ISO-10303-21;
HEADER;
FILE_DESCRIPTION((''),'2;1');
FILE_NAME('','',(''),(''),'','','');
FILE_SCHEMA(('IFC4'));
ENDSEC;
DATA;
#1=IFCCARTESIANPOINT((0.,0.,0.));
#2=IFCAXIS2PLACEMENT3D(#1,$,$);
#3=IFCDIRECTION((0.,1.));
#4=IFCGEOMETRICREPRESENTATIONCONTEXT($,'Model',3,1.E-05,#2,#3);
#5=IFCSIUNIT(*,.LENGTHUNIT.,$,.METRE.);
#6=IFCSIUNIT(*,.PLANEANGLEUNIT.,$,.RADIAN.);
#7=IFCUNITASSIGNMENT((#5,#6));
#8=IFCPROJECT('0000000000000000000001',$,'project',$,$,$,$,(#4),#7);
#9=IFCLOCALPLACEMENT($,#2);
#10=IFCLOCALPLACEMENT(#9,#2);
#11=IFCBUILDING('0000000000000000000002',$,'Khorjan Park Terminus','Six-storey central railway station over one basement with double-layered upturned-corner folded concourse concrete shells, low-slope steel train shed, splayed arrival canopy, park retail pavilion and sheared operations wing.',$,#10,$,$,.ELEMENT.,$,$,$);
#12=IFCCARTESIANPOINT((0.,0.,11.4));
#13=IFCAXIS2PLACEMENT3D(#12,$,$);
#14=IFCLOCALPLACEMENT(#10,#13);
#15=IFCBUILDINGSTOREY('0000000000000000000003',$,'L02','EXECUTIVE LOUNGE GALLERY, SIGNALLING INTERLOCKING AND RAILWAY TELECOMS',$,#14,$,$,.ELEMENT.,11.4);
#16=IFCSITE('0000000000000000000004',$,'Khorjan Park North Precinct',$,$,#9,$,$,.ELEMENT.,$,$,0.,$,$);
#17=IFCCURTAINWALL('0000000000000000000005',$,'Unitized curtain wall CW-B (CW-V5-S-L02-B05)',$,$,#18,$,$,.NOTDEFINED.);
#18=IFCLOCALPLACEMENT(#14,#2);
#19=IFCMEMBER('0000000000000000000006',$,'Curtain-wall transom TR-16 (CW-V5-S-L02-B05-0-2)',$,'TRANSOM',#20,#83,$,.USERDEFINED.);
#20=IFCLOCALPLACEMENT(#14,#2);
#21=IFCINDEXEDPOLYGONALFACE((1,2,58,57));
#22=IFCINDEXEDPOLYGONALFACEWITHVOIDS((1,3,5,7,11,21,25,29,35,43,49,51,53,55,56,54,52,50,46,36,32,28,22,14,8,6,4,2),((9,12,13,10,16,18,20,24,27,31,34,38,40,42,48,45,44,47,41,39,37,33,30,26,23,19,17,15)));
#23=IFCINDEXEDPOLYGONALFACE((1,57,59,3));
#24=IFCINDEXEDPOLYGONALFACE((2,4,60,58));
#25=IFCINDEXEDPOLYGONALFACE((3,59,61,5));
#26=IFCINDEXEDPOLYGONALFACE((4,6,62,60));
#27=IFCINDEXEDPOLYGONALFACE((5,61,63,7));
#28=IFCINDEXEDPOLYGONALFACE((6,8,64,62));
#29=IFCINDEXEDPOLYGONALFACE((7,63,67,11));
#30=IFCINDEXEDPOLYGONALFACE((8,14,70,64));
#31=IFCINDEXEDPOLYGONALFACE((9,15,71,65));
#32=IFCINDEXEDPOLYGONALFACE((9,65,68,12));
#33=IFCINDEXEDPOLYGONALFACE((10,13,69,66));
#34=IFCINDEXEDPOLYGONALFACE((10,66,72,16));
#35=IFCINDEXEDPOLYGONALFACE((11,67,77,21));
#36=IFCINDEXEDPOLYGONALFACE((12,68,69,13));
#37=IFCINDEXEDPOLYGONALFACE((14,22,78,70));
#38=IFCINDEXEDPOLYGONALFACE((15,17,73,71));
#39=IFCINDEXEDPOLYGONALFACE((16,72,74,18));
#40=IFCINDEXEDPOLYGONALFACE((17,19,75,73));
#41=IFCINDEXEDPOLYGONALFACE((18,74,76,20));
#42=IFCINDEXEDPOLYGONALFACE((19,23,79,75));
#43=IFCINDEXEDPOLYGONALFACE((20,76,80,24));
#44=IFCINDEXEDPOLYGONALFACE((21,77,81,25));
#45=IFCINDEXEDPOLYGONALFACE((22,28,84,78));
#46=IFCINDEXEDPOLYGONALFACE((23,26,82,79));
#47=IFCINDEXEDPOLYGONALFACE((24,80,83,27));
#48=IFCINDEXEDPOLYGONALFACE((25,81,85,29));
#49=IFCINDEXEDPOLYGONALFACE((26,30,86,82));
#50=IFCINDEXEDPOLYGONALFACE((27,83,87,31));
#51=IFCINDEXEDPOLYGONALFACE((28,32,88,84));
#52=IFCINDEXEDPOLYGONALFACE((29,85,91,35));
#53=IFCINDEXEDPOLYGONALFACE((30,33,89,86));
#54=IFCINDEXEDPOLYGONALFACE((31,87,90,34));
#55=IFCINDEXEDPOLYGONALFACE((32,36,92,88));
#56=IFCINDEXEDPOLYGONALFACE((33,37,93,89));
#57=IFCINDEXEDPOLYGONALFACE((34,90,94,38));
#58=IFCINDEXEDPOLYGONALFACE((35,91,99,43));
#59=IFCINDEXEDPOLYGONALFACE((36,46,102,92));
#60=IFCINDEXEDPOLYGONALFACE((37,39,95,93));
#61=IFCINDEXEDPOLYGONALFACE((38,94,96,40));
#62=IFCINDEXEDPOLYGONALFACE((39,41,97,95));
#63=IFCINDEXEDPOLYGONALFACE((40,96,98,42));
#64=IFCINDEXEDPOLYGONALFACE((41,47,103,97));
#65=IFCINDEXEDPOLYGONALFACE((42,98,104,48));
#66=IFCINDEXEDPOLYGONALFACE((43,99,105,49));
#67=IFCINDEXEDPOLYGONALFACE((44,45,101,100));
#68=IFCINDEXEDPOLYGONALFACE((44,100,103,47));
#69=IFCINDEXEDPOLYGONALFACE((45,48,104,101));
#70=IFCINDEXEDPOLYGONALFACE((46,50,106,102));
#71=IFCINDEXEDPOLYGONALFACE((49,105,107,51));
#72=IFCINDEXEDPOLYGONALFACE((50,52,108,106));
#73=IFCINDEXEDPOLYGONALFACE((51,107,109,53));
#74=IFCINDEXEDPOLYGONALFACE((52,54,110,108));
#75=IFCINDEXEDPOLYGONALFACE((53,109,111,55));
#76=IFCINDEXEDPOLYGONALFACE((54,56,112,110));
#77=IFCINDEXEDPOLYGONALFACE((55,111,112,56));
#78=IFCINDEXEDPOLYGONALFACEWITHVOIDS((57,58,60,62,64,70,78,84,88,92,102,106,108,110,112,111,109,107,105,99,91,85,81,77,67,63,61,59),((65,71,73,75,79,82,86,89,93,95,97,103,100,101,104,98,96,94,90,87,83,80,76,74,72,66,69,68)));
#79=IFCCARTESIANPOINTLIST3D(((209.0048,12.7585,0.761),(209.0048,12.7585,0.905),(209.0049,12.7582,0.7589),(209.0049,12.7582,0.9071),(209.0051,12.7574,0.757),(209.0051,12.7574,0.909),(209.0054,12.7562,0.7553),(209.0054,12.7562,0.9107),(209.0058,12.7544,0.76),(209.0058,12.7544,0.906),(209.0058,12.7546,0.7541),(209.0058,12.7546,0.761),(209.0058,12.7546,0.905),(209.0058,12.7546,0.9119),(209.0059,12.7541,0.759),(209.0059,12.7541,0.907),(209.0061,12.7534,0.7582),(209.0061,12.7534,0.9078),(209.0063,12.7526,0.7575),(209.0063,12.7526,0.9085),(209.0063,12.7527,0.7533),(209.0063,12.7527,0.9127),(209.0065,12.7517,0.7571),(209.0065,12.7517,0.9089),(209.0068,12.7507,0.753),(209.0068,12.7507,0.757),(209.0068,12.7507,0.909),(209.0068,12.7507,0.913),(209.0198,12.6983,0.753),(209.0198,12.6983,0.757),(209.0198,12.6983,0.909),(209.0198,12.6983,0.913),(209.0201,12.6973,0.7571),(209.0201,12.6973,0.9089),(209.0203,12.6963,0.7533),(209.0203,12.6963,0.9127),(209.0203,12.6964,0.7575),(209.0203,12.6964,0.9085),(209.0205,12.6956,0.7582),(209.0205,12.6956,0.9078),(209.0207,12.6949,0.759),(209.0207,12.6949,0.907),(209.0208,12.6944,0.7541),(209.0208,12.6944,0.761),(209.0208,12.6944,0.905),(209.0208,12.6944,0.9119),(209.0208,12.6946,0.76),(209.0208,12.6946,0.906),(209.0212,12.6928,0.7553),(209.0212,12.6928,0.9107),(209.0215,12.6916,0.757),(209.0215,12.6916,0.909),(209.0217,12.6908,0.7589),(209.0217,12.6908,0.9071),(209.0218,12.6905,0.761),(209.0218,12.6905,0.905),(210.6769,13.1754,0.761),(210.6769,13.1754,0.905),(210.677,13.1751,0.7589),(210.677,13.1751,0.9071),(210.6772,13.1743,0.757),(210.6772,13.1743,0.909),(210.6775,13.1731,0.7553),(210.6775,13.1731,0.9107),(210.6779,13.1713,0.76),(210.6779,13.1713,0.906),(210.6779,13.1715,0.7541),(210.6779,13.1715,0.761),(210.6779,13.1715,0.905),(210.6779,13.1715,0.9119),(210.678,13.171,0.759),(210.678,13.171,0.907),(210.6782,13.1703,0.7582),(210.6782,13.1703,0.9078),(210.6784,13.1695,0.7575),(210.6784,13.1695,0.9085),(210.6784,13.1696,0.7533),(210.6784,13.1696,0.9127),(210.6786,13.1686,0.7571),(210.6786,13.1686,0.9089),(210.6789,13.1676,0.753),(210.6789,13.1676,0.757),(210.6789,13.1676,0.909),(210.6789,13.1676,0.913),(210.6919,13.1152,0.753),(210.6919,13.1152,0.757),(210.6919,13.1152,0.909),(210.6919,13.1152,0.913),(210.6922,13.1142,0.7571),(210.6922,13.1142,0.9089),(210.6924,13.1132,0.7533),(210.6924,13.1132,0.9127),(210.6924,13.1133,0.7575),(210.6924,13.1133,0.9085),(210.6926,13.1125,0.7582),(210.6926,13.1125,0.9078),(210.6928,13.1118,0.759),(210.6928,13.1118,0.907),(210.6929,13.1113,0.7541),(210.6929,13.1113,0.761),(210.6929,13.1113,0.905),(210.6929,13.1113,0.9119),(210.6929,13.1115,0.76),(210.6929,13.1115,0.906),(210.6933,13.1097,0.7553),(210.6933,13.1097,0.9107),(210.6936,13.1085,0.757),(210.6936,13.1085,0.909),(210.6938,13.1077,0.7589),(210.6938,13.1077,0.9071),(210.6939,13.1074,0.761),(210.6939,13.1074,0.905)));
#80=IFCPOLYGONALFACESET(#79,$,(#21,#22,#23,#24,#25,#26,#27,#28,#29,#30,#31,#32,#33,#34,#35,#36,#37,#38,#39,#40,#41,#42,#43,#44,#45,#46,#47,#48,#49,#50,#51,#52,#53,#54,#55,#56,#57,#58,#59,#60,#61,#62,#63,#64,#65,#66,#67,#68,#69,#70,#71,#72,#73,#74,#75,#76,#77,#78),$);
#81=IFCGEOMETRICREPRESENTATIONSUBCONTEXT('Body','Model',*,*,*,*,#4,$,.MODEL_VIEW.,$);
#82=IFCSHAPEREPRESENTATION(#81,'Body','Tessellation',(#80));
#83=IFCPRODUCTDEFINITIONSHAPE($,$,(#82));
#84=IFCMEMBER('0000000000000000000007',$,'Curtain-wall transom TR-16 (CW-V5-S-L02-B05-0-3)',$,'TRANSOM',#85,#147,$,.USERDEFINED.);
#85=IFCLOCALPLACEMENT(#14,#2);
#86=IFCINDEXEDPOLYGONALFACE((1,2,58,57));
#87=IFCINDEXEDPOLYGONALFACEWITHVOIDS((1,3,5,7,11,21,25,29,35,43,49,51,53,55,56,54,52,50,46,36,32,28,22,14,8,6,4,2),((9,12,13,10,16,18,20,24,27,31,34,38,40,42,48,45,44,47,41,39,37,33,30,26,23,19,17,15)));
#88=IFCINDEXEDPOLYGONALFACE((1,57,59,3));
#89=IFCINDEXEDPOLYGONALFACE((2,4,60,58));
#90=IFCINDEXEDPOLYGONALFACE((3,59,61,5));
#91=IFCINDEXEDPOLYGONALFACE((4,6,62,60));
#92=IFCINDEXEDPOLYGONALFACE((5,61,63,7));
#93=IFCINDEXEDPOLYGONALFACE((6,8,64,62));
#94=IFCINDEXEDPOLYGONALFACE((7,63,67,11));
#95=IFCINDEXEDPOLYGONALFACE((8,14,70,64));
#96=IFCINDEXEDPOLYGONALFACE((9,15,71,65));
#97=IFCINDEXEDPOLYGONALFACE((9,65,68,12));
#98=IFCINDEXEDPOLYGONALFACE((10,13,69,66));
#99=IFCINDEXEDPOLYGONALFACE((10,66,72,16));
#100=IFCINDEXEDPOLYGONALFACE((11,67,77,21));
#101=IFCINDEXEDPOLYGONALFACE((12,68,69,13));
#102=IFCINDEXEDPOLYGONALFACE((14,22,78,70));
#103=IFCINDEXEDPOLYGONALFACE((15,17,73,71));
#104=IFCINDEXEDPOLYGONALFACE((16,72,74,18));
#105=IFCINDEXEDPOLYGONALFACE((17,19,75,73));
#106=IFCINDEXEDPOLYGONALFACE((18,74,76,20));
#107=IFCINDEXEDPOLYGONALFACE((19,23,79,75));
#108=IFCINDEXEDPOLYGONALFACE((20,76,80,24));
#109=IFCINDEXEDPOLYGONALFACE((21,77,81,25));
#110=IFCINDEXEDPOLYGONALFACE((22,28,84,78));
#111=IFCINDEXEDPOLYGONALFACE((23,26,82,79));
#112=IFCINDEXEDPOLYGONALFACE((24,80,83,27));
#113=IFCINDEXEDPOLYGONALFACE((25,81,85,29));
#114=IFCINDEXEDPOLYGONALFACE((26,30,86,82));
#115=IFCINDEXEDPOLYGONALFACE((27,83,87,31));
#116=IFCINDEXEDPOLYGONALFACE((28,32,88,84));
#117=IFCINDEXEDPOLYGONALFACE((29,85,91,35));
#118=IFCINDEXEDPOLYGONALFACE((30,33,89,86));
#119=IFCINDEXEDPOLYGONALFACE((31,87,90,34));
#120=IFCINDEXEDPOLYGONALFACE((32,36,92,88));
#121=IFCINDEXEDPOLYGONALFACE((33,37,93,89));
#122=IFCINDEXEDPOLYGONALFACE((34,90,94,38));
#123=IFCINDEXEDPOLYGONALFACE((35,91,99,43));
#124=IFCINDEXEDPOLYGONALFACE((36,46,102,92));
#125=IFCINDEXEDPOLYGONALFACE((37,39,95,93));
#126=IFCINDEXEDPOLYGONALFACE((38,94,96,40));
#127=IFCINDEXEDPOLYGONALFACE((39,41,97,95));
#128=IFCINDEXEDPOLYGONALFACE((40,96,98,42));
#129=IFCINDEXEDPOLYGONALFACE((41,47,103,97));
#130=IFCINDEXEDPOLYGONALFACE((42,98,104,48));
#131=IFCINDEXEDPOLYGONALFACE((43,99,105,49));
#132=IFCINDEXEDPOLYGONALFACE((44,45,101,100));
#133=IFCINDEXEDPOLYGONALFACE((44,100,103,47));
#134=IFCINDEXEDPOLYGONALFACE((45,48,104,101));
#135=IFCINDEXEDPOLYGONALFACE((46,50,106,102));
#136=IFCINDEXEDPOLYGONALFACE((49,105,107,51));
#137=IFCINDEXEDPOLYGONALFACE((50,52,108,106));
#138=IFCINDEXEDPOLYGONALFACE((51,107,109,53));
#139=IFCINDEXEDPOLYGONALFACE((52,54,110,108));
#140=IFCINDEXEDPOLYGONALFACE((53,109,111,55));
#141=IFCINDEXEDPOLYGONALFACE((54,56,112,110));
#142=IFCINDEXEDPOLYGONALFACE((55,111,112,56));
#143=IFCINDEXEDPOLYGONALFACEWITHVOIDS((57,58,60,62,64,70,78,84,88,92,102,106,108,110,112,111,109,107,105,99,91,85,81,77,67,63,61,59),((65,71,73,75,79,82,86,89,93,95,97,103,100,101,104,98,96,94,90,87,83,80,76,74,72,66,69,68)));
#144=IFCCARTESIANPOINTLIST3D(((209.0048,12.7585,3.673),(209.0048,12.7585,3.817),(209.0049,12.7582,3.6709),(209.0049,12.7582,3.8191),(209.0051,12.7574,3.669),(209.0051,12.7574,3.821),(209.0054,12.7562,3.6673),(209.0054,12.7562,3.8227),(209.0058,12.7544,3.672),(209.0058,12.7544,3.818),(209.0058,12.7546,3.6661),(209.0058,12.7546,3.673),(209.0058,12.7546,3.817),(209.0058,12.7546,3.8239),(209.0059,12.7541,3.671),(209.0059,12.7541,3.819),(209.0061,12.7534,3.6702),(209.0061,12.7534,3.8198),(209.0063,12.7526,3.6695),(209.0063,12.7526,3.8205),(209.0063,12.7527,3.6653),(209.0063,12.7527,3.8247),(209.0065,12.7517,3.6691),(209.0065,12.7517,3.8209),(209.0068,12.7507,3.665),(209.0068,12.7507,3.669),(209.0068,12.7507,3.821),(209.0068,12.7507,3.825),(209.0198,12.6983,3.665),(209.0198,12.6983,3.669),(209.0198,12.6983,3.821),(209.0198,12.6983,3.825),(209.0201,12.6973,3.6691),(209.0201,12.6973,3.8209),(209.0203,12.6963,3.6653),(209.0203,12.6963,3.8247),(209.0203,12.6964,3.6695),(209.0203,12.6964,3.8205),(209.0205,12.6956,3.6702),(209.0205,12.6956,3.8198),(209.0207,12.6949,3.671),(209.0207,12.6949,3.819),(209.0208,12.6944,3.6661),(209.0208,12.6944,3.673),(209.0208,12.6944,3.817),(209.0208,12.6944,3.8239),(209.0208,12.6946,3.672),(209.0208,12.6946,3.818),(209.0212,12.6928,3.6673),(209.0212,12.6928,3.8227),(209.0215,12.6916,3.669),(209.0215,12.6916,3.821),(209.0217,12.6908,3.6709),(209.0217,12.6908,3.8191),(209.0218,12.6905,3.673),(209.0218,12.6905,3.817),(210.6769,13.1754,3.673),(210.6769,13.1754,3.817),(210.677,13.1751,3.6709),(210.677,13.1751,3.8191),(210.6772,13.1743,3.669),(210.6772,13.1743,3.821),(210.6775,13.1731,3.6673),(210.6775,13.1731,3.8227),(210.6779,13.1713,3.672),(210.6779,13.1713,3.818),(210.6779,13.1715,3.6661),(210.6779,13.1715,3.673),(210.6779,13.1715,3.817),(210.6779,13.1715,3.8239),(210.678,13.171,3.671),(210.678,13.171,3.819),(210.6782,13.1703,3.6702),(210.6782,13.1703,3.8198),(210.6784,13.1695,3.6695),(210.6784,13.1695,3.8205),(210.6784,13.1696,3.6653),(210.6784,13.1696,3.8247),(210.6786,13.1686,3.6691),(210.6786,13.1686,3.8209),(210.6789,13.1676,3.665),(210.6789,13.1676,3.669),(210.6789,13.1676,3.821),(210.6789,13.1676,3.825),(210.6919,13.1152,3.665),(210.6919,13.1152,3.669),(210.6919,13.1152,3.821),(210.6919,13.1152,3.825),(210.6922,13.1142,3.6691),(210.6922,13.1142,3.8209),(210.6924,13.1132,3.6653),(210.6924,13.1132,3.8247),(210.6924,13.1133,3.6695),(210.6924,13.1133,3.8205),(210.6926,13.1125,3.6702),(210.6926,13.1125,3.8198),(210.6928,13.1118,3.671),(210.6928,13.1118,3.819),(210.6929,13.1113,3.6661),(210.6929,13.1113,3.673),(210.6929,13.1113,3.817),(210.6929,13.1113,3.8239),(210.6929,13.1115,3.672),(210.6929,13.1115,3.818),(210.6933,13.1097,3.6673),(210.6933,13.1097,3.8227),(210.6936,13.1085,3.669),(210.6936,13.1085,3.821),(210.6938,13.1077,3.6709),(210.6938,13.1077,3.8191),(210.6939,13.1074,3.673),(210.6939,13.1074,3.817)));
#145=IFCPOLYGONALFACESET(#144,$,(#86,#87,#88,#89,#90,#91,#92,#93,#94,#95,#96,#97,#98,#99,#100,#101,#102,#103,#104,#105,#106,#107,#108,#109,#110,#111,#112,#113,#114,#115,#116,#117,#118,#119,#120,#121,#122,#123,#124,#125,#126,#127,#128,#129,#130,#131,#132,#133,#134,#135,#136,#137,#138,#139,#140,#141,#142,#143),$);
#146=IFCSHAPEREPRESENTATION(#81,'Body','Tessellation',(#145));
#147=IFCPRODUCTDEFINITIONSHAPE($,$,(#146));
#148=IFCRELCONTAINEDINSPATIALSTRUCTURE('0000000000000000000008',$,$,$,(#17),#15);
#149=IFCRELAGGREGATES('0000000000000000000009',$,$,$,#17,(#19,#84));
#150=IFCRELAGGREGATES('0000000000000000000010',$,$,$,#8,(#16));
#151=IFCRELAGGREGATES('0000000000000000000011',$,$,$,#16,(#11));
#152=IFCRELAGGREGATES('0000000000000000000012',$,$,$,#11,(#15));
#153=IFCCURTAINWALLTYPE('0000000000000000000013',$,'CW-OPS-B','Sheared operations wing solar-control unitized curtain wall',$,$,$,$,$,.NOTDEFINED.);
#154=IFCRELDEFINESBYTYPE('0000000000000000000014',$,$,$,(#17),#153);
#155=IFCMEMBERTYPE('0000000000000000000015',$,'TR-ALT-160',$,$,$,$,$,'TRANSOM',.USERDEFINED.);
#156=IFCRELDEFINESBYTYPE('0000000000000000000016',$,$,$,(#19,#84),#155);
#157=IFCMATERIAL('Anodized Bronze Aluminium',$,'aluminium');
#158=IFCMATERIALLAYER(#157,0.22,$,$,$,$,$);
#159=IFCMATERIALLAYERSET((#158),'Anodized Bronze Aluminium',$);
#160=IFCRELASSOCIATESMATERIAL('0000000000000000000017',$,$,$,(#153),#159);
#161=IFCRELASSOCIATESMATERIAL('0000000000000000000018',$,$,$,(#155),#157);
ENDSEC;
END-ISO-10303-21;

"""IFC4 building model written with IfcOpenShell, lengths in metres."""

from ifc_helpers import new_model, si_unit, direction, frame, origin, origin_2d, place, context, subcontext, project, spatial, hollow_rectangle, extrude, material, layer, layer_set, material_profile, profile_set, type_object, element, aggregate, save


model = new_model("IFC4")

# Units and contexts
model_context = context("Model", 3, precision=1e-05, world=origin(), true_north=direction((0.0, 1.0)))
body_context = subcontext(model_context, "Body", "Model", "MODEL_VIEW")
ifc_project = project(units=[si_unit("LENGTHUNIT", "METRE"), si_unit("PLANEANGLEUNIT", "RADIAN")], contexts=[model_context])

# Site, building, storey
site_placement = place(None, origin())
site = spatial("IfcSite", under=ifc_project, at=site_placement, Name="Khorjan Park North Precinct", CompositionType="ELEMENT", RefElevation=0.0)
building_placement = place(site_placement, origin())
building = spatial("IfcBuilding", under=site, at=building_placement, Name="Khorjan Park Terminus", Description="Six-storey central railway station over one basement with double-layered upturned-corner folded concourse concrete shells, low-slope steel train shed, splayed arrival canopy, park retail pavilion and sheared operations wing.", CompositionType="ELEMENT")
storey_placement = place(building_placement, frame((0.0, 0.0, 11.4)))
storey = spatial("IfcBuildingStorey", under=building, at=storey_placement, Name="L02", Description="EXECUTIVE LOUNGE GALLERY, SIGNALLING INTERLOCKING AND RAILWAY TELECOMS", CompositionType="ELEMENT", Elevation=11.4)

# Curtain wall, members
ifc_material_1 = material(Name="Anodized Bronze Aluminium", Category="aluminium")
ifc_layer_1 = layer(ifc_material_1, 0.22)
ifc_layer_set_1 = layer_set([ifc_layer_1], Name="Anodized Bronze Aluminium")
curtain_wall_type = type_object("IfcCurtainWallType", Name="CW-OPS-B", Description="Sheared operations wing solar-control unitized curtain wall", PredefinedType="NOTDEFINED", material=ifc_layer_set_1)
curtain_wall_placement = place(storey_placement, origin())
curtain_wall = element("IfcCurtainWall", 1, at=curtain_wall_placement, inside=storey, type_object=curtain_wall_type, Name="Unitized curtain wall CW-B (CW-V5-S-L02-B05)", PredefinedType="NOTDEFINED")
ifc_material_profile_1 = material_profile(ifc_material_1, hollow_rectangle(XDim=0.07, YDim=0.16, WallThickness=0.004, InnerFilletRadius=0.004, OuterFilletRadius=0.008, at=origin_2d()), Name="ALT 70x160x4")
ifc_profile_set_1 = profile_set([ifc_material_profile_1], Name="Anodized Bronze Aluminium")
member_type_1 = type_object("IfcMemberType", Name="TR-ALT-160", ElementType="TRANSOM", PredefinedType="USERDEFINED", material=ifc_profile_set_1)
member_1_placement = place(storey_placement, frame((209.0133, 12.7245, 0.833), z_axis=(0.970296, 0.241921, 0.0), x_axis=(-0.241921, 0.970296, 0.0)))
member_1 = element("IfcMember", 2, at=member_1_placement, type_object=member_type_1, Name="Curtain-wall transom TR-16 (CW-V5-S-L02-B05-0-2)", ObjectType="TRANSOM", PredefinedType="USERDEFINED", context=body_context, shape_type="SweptSolid", body=[
    extrude(hollow_rectangle(XDim=0.07, YDim=0.16, WallThickness=0.004, InnerFilletRadius=0.004, OuterFilletRadius=0.008, at=origin_2d()), origin(), (0.0, 0.0, 1.0), 1.7233),
])
member_2_placement = place(storey_placement, frame((209.0133, 12.7245, 3.745), z_axis=(0.970296, 0.241921, 0.0), x_axis=(-0.241921, 0.970296, 0.0)))
member_2 = element("IfcMember", 3, at=member_2_placement, type_object=member_type_1, Name="Curtain-wall transom TR-16 (CW-V5-S-L02-B05-0-3)", ObjectType="TRANSOM", PredefinedType="USERDEFINED", context=body_context, shape_type="SweptSolid", body=[
    extrude(hollow_rectangle(XDim=0.07, YDim=0.16, WallThickness=0.004, InnerFilletRadius=0.004, OuterFilletRadius=0.008, at=origin_2d()), origin(), (0.0, 0.0, 1.0), 1.7233),
])
aggregate(curtain_wall, [member_1, member_2])

save(model, "model.ifc")
